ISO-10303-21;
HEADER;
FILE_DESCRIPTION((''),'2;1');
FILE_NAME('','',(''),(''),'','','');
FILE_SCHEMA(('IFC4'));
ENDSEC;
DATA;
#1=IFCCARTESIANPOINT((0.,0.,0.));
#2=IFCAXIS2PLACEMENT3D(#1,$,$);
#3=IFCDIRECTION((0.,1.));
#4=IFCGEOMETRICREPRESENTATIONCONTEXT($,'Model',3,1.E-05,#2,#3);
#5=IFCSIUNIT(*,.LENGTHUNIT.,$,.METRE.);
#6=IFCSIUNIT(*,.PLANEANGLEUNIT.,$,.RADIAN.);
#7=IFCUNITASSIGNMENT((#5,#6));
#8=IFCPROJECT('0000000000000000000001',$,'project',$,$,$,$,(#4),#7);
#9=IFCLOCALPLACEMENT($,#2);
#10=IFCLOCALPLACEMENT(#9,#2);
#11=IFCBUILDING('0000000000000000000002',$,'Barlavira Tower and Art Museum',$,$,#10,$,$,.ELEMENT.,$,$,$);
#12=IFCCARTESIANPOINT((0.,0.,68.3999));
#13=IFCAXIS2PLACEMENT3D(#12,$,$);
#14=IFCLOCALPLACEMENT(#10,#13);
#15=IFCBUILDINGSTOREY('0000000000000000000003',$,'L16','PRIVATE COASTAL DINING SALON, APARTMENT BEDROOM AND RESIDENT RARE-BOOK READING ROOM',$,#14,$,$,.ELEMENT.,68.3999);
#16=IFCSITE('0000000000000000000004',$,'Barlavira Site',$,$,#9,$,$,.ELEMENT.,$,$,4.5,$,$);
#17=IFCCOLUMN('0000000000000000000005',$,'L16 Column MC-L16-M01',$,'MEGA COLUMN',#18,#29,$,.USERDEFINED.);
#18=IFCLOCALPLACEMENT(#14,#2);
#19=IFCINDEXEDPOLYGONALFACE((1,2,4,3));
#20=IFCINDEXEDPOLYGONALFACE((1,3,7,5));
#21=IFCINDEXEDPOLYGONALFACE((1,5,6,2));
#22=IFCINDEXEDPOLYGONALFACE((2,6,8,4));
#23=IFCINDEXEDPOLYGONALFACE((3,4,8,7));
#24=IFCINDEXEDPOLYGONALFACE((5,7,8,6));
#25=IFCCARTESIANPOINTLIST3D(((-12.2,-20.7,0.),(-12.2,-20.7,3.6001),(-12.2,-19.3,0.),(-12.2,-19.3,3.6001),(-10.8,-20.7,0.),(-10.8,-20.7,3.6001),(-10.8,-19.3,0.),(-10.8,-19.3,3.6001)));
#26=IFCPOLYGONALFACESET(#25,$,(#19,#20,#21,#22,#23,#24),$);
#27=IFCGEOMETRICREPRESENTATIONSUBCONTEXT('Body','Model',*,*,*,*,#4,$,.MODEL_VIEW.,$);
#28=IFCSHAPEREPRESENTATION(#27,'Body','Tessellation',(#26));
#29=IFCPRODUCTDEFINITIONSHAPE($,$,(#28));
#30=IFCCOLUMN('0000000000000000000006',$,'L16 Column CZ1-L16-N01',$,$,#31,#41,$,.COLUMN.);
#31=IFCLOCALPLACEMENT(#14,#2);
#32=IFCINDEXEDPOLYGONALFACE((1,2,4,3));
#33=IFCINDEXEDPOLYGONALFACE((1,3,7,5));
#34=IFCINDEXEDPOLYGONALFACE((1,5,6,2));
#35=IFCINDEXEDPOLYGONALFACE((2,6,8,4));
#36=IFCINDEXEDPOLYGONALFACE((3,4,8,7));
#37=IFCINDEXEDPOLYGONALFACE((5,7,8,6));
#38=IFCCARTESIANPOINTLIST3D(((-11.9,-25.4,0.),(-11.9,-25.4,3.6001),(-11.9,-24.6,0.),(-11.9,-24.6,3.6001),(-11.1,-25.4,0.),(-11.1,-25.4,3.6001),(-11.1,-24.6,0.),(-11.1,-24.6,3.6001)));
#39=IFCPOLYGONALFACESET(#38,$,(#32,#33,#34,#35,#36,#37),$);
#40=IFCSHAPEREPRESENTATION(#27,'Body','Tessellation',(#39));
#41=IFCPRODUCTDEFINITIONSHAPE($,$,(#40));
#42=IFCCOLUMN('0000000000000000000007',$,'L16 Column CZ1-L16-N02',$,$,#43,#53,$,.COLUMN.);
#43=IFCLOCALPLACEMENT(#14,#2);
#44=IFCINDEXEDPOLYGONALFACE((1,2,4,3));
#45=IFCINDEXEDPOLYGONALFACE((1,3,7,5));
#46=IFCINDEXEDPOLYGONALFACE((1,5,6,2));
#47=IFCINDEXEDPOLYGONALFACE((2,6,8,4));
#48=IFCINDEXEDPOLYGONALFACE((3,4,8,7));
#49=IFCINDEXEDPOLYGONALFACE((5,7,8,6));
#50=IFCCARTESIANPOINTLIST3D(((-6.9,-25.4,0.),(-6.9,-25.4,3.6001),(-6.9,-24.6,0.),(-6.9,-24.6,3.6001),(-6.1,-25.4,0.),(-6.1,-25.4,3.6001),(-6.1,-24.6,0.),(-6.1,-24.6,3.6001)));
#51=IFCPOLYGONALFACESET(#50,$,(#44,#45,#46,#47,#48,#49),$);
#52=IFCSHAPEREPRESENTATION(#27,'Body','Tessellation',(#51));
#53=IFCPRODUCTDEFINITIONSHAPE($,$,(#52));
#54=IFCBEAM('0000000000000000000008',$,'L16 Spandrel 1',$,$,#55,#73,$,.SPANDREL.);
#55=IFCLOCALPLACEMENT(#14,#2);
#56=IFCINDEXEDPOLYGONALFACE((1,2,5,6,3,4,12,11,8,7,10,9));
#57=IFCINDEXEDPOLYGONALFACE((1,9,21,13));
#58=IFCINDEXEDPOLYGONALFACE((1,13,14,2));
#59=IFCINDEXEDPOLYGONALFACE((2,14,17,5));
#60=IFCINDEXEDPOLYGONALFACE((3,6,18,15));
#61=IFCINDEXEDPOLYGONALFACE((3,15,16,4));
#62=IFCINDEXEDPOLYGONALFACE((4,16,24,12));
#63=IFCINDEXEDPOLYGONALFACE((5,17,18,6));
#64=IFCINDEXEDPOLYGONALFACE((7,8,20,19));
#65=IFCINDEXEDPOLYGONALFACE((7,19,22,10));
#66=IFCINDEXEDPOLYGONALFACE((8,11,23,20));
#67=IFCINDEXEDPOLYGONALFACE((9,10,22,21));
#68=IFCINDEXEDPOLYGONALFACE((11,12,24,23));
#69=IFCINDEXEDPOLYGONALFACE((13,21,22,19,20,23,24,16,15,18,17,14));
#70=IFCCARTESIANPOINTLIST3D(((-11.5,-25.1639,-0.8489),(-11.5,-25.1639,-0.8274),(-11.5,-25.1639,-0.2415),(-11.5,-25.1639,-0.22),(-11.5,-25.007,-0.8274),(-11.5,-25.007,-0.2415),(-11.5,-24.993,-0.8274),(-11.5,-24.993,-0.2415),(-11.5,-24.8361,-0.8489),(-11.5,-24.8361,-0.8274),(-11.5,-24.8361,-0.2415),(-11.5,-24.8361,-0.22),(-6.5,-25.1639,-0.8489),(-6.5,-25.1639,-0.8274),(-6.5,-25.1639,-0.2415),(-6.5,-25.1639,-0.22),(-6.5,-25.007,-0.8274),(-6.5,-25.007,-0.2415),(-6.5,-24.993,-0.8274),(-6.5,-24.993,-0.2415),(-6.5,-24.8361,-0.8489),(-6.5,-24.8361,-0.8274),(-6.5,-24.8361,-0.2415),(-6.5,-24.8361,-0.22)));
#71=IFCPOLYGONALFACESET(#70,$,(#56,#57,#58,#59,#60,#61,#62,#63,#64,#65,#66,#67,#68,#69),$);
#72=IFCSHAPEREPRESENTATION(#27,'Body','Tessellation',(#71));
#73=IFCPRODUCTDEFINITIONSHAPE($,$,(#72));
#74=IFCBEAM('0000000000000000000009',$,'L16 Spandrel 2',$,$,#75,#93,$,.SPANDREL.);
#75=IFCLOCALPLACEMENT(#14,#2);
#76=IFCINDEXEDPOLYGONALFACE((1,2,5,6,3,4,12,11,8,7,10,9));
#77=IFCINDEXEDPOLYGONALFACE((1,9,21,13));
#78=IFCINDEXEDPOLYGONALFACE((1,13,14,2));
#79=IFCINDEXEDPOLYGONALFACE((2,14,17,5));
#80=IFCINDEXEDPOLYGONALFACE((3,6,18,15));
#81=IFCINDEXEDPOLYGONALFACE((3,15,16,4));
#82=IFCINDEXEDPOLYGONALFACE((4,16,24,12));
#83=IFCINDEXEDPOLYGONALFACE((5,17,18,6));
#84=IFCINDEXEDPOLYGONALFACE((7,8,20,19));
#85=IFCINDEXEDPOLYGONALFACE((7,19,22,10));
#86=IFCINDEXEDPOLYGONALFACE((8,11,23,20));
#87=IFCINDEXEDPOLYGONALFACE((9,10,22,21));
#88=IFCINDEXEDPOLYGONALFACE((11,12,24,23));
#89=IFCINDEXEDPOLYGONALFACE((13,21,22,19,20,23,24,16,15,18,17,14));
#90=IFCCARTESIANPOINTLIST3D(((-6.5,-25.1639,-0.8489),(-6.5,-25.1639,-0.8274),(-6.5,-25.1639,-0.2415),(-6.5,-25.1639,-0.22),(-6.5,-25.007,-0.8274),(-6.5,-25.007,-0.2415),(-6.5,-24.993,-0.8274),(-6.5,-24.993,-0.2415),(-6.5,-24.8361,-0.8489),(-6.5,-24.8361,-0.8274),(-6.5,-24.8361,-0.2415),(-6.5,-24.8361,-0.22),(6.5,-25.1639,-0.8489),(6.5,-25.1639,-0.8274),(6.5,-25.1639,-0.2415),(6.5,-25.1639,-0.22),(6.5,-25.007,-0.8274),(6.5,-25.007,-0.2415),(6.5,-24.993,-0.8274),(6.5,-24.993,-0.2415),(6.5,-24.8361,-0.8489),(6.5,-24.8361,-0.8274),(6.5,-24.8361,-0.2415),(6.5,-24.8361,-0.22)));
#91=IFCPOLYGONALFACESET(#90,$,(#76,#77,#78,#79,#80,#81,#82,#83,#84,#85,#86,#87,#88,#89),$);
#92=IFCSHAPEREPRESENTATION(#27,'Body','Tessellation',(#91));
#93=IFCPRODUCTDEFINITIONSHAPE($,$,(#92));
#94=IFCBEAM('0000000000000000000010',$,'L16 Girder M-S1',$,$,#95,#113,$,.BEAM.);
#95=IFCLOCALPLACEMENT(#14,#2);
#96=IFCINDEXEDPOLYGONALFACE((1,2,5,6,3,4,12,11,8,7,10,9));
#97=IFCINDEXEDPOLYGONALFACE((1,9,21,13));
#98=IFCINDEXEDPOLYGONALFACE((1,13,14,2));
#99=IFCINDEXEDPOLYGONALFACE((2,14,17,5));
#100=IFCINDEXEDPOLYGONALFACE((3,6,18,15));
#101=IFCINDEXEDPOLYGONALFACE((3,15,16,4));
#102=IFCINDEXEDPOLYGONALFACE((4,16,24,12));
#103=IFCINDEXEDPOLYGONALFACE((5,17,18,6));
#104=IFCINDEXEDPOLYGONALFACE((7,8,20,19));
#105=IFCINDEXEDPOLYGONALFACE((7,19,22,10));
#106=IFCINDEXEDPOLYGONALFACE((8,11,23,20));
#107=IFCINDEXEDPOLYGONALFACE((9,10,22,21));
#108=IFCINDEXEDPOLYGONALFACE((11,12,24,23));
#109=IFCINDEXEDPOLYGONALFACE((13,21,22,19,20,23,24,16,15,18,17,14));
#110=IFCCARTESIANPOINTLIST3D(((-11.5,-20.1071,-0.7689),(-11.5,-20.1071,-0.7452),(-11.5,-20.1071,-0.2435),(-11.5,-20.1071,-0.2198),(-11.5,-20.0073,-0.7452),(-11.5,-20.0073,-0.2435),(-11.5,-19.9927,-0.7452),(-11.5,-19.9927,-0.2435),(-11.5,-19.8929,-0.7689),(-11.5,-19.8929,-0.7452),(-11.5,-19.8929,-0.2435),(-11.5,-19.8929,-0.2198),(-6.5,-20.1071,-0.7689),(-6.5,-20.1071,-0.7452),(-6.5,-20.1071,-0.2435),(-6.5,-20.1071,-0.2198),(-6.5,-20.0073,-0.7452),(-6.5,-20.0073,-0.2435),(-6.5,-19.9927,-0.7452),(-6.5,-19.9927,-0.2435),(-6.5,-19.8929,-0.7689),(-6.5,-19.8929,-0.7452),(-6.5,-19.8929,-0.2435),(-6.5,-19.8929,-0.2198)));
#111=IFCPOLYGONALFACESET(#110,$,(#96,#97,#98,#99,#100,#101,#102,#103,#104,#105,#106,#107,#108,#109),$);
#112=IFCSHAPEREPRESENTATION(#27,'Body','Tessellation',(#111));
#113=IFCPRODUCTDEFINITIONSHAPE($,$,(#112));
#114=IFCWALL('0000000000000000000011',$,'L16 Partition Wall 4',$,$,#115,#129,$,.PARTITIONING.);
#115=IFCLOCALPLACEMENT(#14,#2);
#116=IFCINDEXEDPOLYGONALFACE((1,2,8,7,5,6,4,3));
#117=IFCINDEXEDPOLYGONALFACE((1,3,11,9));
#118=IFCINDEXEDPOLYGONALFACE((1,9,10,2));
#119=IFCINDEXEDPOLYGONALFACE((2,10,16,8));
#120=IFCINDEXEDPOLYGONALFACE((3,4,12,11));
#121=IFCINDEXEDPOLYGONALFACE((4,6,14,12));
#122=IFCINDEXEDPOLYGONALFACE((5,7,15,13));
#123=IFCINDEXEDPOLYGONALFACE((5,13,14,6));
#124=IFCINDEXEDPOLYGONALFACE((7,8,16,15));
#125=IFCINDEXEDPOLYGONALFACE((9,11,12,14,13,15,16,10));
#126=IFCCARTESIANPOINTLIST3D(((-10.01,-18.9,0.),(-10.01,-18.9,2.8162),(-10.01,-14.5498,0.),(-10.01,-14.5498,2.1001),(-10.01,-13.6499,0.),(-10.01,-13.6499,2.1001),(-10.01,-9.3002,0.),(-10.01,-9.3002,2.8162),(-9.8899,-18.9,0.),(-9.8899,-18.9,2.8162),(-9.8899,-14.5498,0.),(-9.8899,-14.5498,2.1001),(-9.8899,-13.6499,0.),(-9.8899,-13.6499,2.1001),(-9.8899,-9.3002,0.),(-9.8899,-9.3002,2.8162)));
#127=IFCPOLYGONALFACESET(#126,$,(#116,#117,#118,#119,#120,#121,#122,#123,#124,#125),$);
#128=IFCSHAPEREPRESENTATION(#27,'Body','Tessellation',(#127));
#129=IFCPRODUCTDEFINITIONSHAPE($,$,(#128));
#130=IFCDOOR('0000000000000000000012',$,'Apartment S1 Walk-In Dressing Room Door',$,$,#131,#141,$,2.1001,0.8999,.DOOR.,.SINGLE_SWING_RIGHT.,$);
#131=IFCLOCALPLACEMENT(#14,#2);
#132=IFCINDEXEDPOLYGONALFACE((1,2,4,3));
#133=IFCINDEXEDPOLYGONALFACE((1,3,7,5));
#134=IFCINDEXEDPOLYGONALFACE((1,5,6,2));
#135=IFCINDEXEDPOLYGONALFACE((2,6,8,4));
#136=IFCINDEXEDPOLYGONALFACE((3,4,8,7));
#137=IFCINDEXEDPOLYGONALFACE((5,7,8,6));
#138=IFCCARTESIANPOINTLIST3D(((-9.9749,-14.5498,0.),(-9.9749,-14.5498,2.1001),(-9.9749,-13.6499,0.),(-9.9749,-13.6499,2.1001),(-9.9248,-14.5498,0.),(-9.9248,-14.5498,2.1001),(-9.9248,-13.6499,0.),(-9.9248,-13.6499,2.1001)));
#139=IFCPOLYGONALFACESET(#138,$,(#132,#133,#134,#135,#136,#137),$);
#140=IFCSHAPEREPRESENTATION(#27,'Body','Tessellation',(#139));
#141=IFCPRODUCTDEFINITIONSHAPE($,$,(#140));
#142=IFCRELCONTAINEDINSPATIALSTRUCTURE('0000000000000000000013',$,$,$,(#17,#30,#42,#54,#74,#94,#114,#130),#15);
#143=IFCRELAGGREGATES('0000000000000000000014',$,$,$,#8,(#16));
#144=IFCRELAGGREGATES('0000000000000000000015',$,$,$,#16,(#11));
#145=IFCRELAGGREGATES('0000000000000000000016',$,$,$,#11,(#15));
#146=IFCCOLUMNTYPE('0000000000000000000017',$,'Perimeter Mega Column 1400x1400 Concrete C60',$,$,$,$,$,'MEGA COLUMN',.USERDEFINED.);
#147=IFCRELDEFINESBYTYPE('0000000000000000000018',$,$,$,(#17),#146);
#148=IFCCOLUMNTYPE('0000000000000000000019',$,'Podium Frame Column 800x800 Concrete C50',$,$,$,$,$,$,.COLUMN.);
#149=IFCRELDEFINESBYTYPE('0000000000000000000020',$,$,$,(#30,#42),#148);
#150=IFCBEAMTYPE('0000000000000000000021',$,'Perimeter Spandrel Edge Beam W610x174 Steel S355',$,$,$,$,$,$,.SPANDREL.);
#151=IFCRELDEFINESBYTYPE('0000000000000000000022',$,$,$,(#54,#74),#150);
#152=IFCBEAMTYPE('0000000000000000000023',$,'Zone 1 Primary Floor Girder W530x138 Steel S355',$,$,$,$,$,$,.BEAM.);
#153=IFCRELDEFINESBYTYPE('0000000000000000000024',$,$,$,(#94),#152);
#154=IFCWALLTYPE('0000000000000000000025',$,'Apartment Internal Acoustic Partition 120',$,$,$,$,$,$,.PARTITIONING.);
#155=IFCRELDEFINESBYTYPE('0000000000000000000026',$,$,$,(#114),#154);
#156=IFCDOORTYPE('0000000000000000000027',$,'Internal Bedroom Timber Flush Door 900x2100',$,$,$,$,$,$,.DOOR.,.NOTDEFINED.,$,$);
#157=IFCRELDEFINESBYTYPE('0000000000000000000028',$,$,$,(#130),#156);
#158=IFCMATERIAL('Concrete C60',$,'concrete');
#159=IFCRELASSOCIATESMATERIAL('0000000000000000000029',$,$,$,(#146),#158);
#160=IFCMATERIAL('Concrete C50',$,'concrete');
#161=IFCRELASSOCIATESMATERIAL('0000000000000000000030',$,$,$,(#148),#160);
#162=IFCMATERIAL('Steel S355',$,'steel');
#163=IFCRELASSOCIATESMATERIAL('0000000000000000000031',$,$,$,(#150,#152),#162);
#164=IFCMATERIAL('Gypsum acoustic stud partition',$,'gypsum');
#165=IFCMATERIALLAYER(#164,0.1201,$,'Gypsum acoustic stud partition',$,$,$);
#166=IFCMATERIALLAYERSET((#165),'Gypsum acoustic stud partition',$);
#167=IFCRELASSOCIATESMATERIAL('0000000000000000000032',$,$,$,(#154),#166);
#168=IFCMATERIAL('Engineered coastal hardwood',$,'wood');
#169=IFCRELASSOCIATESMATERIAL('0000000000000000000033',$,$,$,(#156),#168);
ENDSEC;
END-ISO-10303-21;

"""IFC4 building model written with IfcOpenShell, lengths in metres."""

from ifc_helpers import new_model, si_unit, direction, frame, frame_2d, origin, origin_2d, place, context, subcontext, project, spatial, rectangle, i_section, extrude, material, layer, layer_set, material_profile, profile_set, type_object, element, fill, save


model = new_model("IFC4")

# Units and contexts
model_context = context("Model", 3, precision=1e-05, world=origin(), true_north=direction((0.0, 1.0)))
body_context = subcontext(model_context, "Body", "Model", "MODEL_VIEW")
ifc_project = project(units=[si_unit("LENGTHUNIT", "METRE"), si_unit("PLANEANGLEUNIT", "RADIAN")], contexts=[model_context])

# Site, building, storey
site_placement = place(None, origin())
site = spatial("IfcSite", under=ifc_project, at=site_placement, Name="Barlavira Site", CompositionType="ELEMENT", RefElevation=4.5)
building_placement = place(site_placement, origin())
building = spatial("IfcBuilding", under=site, at=building_placement, Name="Barlavira Tower and Art Museum", CompositionType="ELEMENT")
storey_placement = place(building_placement, frame((0.0, 0.0, 68.3999)))
storey = spatial("IfcBuildingStorey", under=building, at=storey_placement, Name="L16", Description="PRIVATE COASTAL DINING SALON, APARTMENT BEDROOM AND RESIDENT RARE-BOOK READING ROOM", CompositionType="ELEMENT", Elevation=68.3999)

# Columns
ifc_material_1 = material(Name="Concrete C60", Category="concrete")
ifc_material_profile_1 = material_profile(ifc_material_1, rectangle(XDim=1.3999, YDim=1.3999, at=origin_2d()), Name="RC-MCOL 1400x1400")
ifc_profile_set_1 = profile_set([ifc_material_profile_1], Name="Concrete C60")
column_type_1 = type_object("IfcColumnType", Name="Perimeter Mega Column 1400x1400 Concrete C60", ElementType="MEGA COLUMN", PredefinedType="USERDEFINED", material=ifc_profile_set_1)
column_placement = place(storey_placement, frame((-11.5, -20.0, 0.0), z_axis=(0.0, 0.0, 1.0), x_axis=(1.0, 0.0, 0.0)))
element("IfcColumn", 1, at=column_placement, inside=storey, type_object=column_type_1, Name="L16 Column MC-L16-M01", ObjectType="MEGA COLUMN", PredefinedType="USERDEFINED", context=body_context, shape_type="SweptSolid", body=[
    extrude(rectangle(XDim=1.3999, YDim=1.3999, at=origin_2d()), origin(), (0.0, 0.0, 1.0), 3.6001),
])
ifc_material_2 = material(Name="Concrete C50", Category="concrete")
ifc_material_profile_2 = material_profile(ifc_material_2, rectangle(XDim=0.8, YDim=0.8, at=origin_2d()), Name="RC-COL 800x800")
ifc_profile_set_2 = profile_set([ifc_material_profile_2], Name="Concrete C50")
column_type_2 = type_object("IfcColumnType", Name="Podium Frame Column 800x800 Concrete C50", PredefinedType="COLUMN", material=ifc_profile_set_2)
for number, where, z_axis, x_axis, name in (
    (2, (-11.5, -25.0, 0.0), (0.0, 0.0, 1.0), (1.0, 0.0, 0.0), "L16 Column CZ1-L16-N01"),
    (3, (-6.5, -25.0, 0.0), (0.0, 0.0, 1.0), (1.0, 0.0, 0.0), "L16 Column CZ1-L16-N02"),
):
    element("IfcColumn", number, at=place(storey_placement, frame(where, z_axis=z_axis, x_axis=x_axis)), inside=storey, type_object=column_type_2, Name=name, PredefinedType="COLUMN", context=body_context, shape_type="SweptSolid", body=[
        extrude(rectangle(XDim=0.8, YDim=0.8, at=origin_2d()), origin(), (0.0, 0.0, 1.0), 3.6001),
    ])

# Beams
ifc_material_3 = material(Name="Steel S355", Category="steel")
ifc_material_profile_3 = material_profile(ifc_material_3, i_section(OverallWidth=0.3279, OverallDepth=0.6289, WebThickness=0.0139, FlangeThickness=0.0215, at=origin_2d()), Name="W610x174.0")
ifc_profile_set_3 = profile_set([ifc_material_profile_3], Name="Steel S355")
beam_type_1 = type_object("IfcBeamType", Name="Perimeter Spandrel Edge Beam W610x174 Steel S355", PredefinedType="SPANDREL", material=ifc_profile_set_3)
beam_1_placement = place(storey_placement, frame((-11.5, -25.0, -0.5344), z_axis=(1.0, 0.0, 0.0), x_axis=(0.0, 1.0, 0.0)))
element("IfcBeam", 4, at=beam_1_placement, inside=storey, type_object=beam_type_1, Name="L16 Spandrel 1", PredefinedType="SPANDREL", context=body_context, shape_type="SweptSolid", body=[
    extrude(i_section(OverallWidth=0.3279, OverallDepth=0.6289, WebThickness=0.0139, FlangeThickness=0.0215, at=origin_2d()), origin(), (0.0, 0.0, 1.0), 5.0),
])
beam_2_placement = place(storey_placement, frame((-6.5, -25.0, -0.5344), z_axis=(1.0, 0.0, 0.0), x_axis=(0.0, 1.0, 0.0)))
element("IfcBeam", 5, at=beam_2_placement, inside=storey, type_object=beam_type_1, Name="L16 Spandrel 2", PredefinedType="SPANDREL", context=body_context, shape_type="SweptSolid", body=[
    extrude(i_section(OverallWidth=0.3279, OverallDepth=0.6289, WebThickness=0.0139, FlangeThickness=0.0215, at=origin_2d()), origin(), (0.0, 0.0, 1.0), 13.0),
])
ifc_material_profile_4 = material_profile(ifc_material_3, i_section(OverallWidth=0.2141, OverallDepth=0.5491, WebThickness=0.0146, FlangeThickness=0.0237, at=origin_2d()), Name="W530x138.0")
ifc_profile_set_4 = profile_set([ifc_material_profile_4], Name="Steel S355")
beam_type_2 = type_object("IfcBeamType", Name="Zone 1 Primary Floor Girder W530x138 Steel S355", PredefinedType="BEAM", material=ifc_profile_set_4)
beam_3_placement = place(storey_placement, frame((-11.5, -20.0, -0.4944), z_axis=(1.0, 0.0, 0.0), x_axis=(0.0, 1.0, 0.0)))
element("IfcBeam", 6, at=beam_3_placement, inside=storey, type_object=beam_type_2, Name="L16 Girder M-S1", PredefinedType="BEAM", context=body_context, shape_type="SweptSolid", body=[
    extrude(i_section(OverallWidth=0.2141, OverallDepth=0.5491, WebThickness=0.0146, FlangeThickness=0.0237, at=origin_2d()), origin(), (0.0, 0.0, 1.0), 5.0),
])

# Wall, opening, door
ifc_material_4 = material(Name="Gypsum acoustic stud partition", Category="gypsum")
ifc_layer_1 = layer(ifc_material_4, 0.1201, Name="Gypsum acoustic stud partition")
ifc_layer_set_1 = layer_set([ifc_layer_1], Name="Gypsum acoustic stud partition")
wall_type_1 = type_object("IfcWallType", Name="Apartment Internal Acoustic Partition 120", PredefinedType="PARTITIONING", material=ifc_layer_set_1)
wall_1_placement = place(storey_placement, frame((-9.95, -18.8999, 0.0), z_axis=(0.0, 0.0, 1.0), x_axis=(0.0, 1.0, 0.0)))
wall_1 = element("IfcWall", 7, at=wall_1_placement, inside=storey, type_object=wall_type_1, Name="L16 Partition Wall 4", PredefinedType="PARTITIONING", context=body_context, shape_type="SweptSolid", body=[
    extrude(rectangle(XDim=9.5999, YDim=0.1201, at=frame_2d((4.7998, 0.0))), origin(), (0.0, 0.0, 1.0), 2.8162),
])
opening_1_placement = place(wall_1_placement, frame((4.3501, 0.0, 0.0)))
opening_1 = element("IfcOpeningElement", 8, at=opening_1_placement, cuts=wall_1, PredefinedType="OPENING", context=body_context, shape_type="SweptSolid", body=[
    extrude(rectangle(XDim=0.8999, YDim=2.1001, at=frame_2d((0.45, 1.05))), frame((0.0, 0.0701, 0.0), z_axis=(0.0, -1.0, 0.0), x_axis=(1.0, 0.0, 0.0)), (0.0, 0.0, 1.0), 0.1401),
])
ifc_material_5 = material(Name="Engineered coastal hardwood", Category="wood")
door_type_1 = type_object("IfcDoorType", Name="Internal Bedroom Timber Flush Door 900x2100", OperationType="NOTDEFINED", PredefinedType="DOOR", material=ifc_material_5)
door_1_placement = place(opening_1_placement, origin())
door_1 = element("IfcDoor", 9, at=door_1_placement, inside=storey, type_object=door_type_1, Name="Apartment S1 Walk-In Dressing Room Door", OperationType="SINGLE_SWING_RIGHT", OverallHeight=2.1001, OverallWidth=0.8999, PredefinedType="DOOR", context=body_context, shape_type="SweptSolid", body=[
    extrude(rectangle(XDim=0.8999, YDim=2.1001, at=frame_2d((0.45, 1.05))), frame((0.0, 0.0249, 0.0), z_axis=(0.0, -1.0, 0.0), x_axis=(1.0, 0.0, 0.0)), (0.0, 0.0, 1.0), 0.05),
])
fill(opening_1, door_1)

save(model, "model.ifc")
